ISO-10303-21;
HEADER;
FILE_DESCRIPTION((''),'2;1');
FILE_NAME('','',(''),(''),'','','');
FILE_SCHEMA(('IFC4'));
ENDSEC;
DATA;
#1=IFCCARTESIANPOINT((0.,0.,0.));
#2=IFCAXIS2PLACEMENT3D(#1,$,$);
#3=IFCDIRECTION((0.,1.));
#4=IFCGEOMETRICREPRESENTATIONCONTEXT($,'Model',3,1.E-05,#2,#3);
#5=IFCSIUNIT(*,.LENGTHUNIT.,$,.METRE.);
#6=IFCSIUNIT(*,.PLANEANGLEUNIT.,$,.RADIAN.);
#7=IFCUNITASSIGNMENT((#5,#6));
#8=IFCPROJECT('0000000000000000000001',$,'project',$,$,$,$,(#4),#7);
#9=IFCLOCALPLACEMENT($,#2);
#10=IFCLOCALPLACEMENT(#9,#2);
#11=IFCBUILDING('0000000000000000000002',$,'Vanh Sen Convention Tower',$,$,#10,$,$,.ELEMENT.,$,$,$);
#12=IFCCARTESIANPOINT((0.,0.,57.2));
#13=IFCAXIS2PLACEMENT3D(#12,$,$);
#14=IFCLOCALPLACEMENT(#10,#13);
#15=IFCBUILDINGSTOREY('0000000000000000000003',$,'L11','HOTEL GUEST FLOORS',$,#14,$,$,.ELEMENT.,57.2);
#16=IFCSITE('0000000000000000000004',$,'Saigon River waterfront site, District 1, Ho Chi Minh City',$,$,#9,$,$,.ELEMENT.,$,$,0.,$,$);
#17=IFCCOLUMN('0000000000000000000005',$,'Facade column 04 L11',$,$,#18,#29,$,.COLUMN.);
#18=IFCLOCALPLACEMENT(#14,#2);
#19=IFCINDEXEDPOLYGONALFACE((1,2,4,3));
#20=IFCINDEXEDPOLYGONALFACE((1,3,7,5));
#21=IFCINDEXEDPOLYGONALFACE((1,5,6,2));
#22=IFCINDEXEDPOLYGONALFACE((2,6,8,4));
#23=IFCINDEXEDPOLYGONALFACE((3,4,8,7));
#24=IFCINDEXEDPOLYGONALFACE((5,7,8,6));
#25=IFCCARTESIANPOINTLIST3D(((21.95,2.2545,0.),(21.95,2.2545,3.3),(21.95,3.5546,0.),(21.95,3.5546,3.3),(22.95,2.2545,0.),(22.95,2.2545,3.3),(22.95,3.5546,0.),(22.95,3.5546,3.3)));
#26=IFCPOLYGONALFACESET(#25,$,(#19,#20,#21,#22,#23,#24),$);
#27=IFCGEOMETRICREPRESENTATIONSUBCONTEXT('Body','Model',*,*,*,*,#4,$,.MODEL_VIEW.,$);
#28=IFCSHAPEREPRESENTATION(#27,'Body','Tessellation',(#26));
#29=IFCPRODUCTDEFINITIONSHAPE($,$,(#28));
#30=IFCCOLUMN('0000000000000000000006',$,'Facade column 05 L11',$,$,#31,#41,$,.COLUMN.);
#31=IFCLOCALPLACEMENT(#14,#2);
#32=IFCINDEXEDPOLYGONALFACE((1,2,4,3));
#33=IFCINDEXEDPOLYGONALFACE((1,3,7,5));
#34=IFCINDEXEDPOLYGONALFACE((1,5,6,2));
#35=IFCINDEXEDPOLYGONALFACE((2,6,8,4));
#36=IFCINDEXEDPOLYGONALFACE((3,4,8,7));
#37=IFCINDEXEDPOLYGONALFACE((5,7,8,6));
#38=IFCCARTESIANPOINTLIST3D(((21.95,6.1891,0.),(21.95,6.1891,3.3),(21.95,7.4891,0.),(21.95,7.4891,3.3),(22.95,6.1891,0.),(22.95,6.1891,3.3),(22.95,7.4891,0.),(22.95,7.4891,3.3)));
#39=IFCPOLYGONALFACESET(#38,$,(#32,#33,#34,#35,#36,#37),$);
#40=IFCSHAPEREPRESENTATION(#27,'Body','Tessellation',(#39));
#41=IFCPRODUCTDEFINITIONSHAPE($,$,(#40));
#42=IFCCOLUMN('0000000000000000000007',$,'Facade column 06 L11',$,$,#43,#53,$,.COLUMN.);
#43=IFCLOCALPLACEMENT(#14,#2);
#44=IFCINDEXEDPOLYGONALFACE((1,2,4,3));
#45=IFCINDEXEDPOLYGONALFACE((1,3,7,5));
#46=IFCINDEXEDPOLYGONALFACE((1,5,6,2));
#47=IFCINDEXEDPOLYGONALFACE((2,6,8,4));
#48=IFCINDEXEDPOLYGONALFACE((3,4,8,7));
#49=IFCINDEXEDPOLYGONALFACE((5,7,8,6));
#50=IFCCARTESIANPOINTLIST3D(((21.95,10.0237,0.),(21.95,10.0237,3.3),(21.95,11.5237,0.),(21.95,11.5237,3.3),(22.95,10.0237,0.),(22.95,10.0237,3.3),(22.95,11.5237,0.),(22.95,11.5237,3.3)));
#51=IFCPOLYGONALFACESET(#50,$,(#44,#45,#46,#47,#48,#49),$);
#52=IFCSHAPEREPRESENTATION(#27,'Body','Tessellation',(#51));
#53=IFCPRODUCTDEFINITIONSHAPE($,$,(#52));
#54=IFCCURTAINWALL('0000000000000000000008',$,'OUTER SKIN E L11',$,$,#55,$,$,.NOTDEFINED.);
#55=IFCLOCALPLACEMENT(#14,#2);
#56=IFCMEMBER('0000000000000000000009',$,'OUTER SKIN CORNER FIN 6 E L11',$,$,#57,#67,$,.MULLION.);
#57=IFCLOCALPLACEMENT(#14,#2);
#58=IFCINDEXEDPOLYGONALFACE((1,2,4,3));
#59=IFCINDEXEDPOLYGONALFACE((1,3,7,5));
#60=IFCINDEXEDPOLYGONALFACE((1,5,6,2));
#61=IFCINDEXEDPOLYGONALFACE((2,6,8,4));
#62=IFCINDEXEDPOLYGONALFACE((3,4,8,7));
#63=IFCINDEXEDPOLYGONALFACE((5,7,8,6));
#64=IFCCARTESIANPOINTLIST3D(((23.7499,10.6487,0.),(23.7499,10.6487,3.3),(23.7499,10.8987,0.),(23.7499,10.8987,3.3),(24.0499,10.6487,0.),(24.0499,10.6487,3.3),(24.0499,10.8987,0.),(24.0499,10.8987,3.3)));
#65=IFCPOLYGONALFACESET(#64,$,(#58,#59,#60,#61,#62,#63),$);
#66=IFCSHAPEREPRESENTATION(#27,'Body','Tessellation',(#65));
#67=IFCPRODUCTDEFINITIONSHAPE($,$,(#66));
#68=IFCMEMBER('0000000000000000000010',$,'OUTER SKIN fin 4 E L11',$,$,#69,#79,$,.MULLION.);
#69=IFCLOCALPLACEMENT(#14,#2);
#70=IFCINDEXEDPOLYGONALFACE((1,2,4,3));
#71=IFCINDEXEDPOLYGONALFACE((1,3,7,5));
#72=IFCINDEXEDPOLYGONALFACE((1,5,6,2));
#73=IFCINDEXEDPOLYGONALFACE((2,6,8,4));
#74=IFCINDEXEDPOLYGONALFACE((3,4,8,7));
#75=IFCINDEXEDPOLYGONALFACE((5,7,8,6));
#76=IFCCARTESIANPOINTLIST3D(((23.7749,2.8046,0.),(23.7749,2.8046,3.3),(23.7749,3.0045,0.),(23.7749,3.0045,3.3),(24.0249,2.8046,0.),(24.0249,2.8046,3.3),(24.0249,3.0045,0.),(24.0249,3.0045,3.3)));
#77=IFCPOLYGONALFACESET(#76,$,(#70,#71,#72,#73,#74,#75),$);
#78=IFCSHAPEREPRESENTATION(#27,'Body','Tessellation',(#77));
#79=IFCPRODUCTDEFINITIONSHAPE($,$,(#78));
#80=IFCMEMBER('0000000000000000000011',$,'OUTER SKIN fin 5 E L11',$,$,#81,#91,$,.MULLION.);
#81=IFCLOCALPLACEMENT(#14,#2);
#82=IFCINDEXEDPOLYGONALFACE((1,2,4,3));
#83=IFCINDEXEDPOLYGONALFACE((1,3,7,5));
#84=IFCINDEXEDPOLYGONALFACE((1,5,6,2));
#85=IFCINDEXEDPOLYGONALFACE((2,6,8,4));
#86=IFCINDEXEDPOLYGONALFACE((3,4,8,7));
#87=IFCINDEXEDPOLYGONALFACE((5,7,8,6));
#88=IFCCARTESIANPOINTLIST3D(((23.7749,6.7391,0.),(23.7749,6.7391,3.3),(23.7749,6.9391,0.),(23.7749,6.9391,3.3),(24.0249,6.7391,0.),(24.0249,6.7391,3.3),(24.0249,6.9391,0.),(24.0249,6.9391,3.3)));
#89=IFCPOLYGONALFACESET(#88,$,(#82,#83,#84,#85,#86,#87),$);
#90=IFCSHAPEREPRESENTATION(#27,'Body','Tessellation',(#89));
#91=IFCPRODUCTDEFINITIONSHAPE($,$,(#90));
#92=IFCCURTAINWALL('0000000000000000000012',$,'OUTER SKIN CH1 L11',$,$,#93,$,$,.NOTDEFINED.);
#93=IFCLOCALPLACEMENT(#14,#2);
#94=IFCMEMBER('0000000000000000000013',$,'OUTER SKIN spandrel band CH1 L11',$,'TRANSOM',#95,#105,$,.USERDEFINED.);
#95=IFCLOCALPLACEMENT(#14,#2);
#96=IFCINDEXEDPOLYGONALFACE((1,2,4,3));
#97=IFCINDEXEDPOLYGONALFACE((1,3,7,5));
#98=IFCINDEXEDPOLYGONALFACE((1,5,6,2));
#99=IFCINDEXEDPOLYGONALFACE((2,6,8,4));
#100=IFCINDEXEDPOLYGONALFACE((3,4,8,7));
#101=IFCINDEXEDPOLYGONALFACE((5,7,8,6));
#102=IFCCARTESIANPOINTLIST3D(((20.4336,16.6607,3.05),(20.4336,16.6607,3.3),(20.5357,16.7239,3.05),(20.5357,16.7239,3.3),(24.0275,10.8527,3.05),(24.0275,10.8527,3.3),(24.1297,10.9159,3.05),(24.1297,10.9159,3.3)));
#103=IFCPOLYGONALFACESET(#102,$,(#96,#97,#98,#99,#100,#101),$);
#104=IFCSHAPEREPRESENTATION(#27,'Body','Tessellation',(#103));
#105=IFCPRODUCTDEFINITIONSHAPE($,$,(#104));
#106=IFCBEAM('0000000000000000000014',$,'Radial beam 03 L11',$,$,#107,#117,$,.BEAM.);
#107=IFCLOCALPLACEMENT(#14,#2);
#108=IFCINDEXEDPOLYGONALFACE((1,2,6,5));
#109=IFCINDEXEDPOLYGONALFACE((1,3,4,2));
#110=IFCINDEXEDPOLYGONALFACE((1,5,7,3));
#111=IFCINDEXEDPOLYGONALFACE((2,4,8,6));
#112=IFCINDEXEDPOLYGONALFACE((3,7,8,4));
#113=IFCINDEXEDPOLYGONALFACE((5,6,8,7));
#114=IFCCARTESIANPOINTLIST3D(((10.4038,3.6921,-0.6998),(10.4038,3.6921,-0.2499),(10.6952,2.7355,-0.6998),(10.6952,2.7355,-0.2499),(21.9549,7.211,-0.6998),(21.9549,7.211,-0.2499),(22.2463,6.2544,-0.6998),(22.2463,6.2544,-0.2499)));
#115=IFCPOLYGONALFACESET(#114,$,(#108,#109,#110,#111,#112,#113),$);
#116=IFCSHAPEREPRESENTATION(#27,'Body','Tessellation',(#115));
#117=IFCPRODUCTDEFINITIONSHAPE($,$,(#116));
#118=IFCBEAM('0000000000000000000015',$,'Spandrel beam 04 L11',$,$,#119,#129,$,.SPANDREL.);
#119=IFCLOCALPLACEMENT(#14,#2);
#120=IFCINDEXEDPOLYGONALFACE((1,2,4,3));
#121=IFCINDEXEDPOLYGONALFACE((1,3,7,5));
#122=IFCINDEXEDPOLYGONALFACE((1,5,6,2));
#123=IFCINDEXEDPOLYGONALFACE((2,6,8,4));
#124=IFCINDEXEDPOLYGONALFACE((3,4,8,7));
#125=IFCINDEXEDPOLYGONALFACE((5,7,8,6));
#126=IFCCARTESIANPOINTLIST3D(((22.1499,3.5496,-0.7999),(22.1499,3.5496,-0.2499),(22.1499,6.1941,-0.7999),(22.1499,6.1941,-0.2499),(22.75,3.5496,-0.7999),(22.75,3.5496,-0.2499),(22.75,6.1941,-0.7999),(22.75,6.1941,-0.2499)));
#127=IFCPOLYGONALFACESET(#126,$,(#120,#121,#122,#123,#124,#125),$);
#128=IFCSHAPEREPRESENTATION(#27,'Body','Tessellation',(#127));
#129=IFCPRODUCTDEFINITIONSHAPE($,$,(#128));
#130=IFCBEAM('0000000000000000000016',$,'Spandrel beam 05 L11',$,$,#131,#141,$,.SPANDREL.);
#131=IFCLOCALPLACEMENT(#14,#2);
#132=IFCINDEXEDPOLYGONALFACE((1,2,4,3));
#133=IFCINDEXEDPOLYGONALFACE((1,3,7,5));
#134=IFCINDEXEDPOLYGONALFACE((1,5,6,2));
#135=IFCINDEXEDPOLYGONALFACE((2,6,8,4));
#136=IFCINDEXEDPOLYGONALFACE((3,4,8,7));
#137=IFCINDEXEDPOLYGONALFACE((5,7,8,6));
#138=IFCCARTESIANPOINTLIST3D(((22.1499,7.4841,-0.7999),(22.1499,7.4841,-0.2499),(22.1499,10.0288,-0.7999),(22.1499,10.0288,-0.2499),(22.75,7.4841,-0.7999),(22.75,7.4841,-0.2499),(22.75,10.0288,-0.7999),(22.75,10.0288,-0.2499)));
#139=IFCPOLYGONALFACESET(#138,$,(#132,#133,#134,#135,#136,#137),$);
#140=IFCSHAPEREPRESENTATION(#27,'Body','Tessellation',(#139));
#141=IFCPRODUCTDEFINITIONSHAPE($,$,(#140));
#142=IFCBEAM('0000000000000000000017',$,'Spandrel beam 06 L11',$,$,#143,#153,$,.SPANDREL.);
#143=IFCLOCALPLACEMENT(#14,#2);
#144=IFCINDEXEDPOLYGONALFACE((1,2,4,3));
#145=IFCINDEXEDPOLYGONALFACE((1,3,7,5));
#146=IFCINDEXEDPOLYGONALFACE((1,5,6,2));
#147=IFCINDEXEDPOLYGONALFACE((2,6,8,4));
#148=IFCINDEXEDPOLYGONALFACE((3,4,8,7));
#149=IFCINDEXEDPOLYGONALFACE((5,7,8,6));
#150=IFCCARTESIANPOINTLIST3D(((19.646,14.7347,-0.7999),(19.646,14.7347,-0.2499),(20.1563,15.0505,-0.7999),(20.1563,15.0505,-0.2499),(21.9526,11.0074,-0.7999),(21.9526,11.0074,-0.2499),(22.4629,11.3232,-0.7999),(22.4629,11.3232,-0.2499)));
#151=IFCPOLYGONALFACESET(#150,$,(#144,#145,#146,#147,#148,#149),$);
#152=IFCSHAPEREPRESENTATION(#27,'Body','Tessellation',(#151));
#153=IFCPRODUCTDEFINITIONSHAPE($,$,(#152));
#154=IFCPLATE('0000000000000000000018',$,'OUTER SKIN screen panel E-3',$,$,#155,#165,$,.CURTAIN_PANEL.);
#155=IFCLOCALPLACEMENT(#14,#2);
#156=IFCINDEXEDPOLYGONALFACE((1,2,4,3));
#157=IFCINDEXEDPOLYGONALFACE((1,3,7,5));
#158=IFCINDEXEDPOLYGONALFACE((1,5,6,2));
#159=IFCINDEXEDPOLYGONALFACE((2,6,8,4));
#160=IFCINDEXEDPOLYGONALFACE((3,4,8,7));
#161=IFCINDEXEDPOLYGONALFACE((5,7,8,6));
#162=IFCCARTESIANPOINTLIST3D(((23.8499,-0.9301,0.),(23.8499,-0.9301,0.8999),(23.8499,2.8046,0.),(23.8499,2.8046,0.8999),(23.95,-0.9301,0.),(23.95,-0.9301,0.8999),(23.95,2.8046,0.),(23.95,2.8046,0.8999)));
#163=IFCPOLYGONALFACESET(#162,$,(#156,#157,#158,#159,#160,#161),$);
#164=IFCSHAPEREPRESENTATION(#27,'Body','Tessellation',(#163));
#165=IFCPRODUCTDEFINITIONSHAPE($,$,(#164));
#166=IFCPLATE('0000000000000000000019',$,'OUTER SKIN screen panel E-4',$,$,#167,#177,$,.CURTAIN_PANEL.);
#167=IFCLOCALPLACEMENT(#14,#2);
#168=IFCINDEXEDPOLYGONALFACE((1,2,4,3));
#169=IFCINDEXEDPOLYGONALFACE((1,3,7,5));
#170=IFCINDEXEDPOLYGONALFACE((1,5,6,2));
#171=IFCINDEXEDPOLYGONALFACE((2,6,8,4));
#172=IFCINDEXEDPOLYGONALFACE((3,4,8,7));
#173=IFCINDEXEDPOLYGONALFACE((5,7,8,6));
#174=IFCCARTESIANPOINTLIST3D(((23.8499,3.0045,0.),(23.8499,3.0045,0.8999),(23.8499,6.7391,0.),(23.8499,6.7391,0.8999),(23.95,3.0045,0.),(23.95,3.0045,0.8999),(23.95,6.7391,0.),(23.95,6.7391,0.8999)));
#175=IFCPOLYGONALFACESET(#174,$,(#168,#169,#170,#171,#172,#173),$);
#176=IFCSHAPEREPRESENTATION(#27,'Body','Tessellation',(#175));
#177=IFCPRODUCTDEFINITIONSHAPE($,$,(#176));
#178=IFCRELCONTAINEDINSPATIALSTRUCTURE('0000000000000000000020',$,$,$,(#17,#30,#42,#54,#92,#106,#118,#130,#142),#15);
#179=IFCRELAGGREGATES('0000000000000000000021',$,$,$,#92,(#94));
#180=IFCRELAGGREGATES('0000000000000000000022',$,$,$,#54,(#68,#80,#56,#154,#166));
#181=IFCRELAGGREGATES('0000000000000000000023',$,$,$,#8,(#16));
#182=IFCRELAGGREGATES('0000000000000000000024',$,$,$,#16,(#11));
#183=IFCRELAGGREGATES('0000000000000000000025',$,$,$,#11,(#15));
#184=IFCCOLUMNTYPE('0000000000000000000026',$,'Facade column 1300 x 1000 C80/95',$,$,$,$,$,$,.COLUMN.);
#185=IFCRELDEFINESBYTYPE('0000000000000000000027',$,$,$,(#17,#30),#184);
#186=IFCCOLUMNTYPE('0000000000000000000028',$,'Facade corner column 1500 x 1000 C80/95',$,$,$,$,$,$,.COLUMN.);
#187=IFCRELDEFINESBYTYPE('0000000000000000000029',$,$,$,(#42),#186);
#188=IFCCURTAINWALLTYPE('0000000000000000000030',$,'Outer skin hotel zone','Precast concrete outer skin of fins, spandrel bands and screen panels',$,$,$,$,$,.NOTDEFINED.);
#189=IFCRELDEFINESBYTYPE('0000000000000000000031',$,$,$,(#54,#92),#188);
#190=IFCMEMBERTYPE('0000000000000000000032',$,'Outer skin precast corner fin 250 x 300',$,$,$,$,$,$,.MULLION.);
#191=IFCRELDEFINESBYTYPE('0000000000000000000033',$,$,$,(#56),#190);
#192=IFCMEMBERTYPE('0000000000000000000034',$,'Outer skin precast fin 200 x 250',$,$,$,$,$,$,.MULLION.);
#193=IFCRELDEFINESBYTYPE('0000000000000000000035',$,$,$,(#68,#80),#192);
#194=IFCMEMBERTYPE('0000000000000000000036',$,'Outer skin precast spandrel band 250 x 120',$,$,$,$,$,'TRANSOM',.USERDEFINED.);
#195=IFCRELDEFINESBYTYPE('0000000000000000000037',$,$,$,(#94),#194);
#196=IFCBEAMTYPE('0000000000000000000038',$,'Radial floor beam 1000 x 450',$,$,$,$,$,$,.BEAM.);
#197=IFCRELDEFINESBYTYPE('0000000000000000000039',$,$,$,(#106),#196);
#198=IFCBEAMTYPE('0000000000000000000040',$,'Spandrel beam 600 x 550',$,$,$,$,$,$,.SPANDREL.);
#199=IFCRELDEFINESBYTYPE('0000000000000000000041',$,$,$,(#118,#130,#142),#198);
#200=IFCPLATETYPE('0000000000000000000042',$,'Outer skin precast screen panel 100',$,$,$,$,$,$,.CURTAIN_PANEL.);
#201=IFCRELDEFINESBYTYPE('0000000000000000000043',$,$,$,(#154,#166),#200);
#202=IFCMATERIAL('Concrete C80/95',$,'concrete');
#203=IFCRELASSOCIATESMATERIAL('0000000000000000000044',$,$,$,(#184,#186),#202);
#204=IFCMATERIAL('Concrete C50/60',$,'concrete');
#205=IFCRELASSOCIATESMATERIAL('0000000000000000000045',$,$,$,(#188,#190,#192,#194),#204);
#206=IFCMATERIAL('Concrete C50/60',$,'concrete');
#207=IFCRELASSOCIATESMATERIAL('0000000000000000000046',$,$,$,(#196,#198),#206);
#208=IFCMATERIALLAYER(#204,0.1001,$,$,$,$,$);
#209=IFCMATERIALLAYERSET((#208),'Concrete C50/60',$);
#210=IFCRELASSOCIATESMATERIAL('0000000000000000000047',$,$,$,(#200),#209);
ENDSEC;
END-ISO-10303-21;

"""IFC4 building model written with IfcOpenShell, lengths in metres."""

from ifc_helpers import new_model, si_unit, direction, frame, origin, origin_2d, place, context, subcontext, project, spatial, rectangle, extrude, material, layer, layer_set, material_profile, profile_set, type_object, element, aggregate, save


model = new_model("IFC4")

# Units and contexts
model_context = context("Model", 3, precision=1e-05, world=origin(), true_north=direction((0.0, 1.0)))
body_context = subcontext(model_context, "Body", "Model", "MODEL_VIEW")
ifc_project = project(units=[si_unit("LENGTHUNIT", "METRE"), si_unit("PLANEANGLEUNIT", "RADIAN")], contexts=[model_context])

# Site, building, storey
site_placement = place(None, origin())
site = spatial("IfcSite", under=ifc_project, at=site_placement, Name="Saigon River waterfront site, District 1, Ho Chi Minh City", CompositionType="ELEMENT", RefElevation=0.0)
building_placement = place(site_placement, origin())
building = spatial("IfcBuilding", under=site, at=building_placement, Name="Vanh Sen Convention Tower", CompositionType="ELEMENT")
storey_placement = place(building_placement, frame((0.0, 0.0, 57.2)))
storey = spatial("IfcBuildingStorey", under=building, at=storey_placement, Name="L11", Description="HOTEL GUEST FLOORS", CompositionType="ELEMENT", Elevation=57.2)

# Columns
ifc_material_1 = material(Name="Concrete C80/95", Category="concrete")
ifc_material_profile_1 = material_profile(ifc_material_1, rectangle(XDim=1.3, YDim=1.0, at=origin_2d()), Name="RC 1300X1000")
ifc_profile_set_1 = profile_set([ifc_material_profile_1], Name="Concrete C80/95")
column_type_1 = type_object("IfcColumnType", Name="Facade column 1300 x 1000 C80/95", PredefinedType="COLUMN", material=ifc_profile_set_1)
for number, where, z_axis, x_axis, name in (
    (1, (22.45, 2.9045, 0.0), (0.0, 0.0, 1.0), (0.0, 1.0, 0.0), "Facade column 04 L11"),
    (2, (22.45, 6.8391, 0.0), (0.0, 0.0, 1.0), (0.0, 1.0, 0.0), "Facade column 05 L11"),
):
    element("IfcColumn", number, at=place(storey_placement, frame(where, z_axis=z_axis, x_axis=x_axis)), inside=storey, type_object=column_type_1, Name=name, PredefinedType="COLUMN", context=body_context, shape_type="SweptSolid", body=[
        extrude(rectangle(XDim=1.3, YDim=1.0, at=origin_2d()), origin(), (0.0, 0.0, 1.0), 3.3),
    ])
ifc_material_profile_2 = material_profile(ifc_material_1, rectangle(XDim=1.5, YDim=1.0, at=origin_2d()), Name="RC 1500X1000")
ifc_profile_set_2 = profile_set([ifc_material_profile_2], Name="Concrete C80/95")
column_type_2 = type_object("IfcColumnType", Name="Facade corner column 1500 x 1000 C80/95", PredefinedType="COLUMN", material=ifc_profile_set_2)
column_placement = place(storey_placement, frame((22.45, 10.7737, 0.0), z_axis=(0.0, 0.0, 1.0), x_axis=(0.0, 1.0, 0.0)))
element("IfcColumn", 3, at=column_placement, inside=storey, type_object=column_type_2, Name="Facade column 06 L11", PredefinedType="COLUMN", context=body_context, shape_type="SweptSolid", body=[
    extrude(rectangle(XDim=1.5, YDim=1.0, at=origin_2d()), origin(), (0.0, 0.0, 1.0), 3.3),
])

# Curtain wall, members
ifc_material_2 = material(Name="Concrete C50/60", Category="concrete")
curtain_wall_type = type_object("IfcCurtainWallType", Name="Outer skin hotel zone", Description="Precast concrete outer skin of fins, spandrel bands and screen panels", PredefinedType="NOTDEFINED", material=ifc_material_2)
curtain_wall_1_placement = place(storey_placement, origin())
curtain_wall_1 = element("IfcCurtainWall", 4, at=curtain_wall_1_placement, inside=storey, type_object=curtain_wall_type, Name="OUTER SKIN E L11", PredefinedType="NOTDEFINED")
ifc_material_profile_3 = material_profile(ifc_material_2, rectangle(XDim=0.25, YDim=0.3, at=origin_2d()), Name="Outer skin precast corner fin 250 x 300")
ifc_profile_set_3 = profile_set([ifc_material_profile_3], Name="Concrete C50/60")
member_type_1 = type_object("IfcMemberType", Name="Outer skin precast corner fin 250 x 300", PredefinedType="MULLION", material=ifc_profile_set_3)
member_1_placement = place(storey_placement, frame((23.8999, 10.7737, 0.0), z_axis=(0.0, 0.0, 1.0), x_axis=(0.0, 1.0, 0.0)))
member_1 = element("IfcMember", 5, at=member_1_placement, type_object=member_type_1, Name="OUTER SKIN CORNER FIN 6 E L11", PredefinedType="MULLION", context=body_context, shape_type="SweptSolid", body=[
    extrude(rectangle(XDim=0.25, YDim=0.3, at=origin_2d()), origin(), (0.0, 0.0, 1.0), 3.3),
])
ifc_material_profile_4 = material_profile(ifc_material_2, rectangle(XDim=0.2, YDim=0.25, at=origin_2d()), Name="Outer skin precast fin 200 x 250")
ifc_profile_set_4 = profile_set([ifc_material_profile_4], Name="Concrete C50/60")
member_type_2 = type_object("IfcMemberType", Name="Outer skin precast fin 200 x 250", PredefinedType="MULLION", material=ifc_profile_set_4)
member_2_placement = place(storey_placement, frame((23.8999, 2.9045, 0.0), z_axis=(0.0, 0.0, 1.0), x_axis=(0.0, 1.0, 0.0)))
member_2 = element("IfcMember", 6, at=member_2_placement, type_object=member_type_2, Name="OUTER SKIN fin 4 E L11", PredefinedType="MULLION", context=body_context, shape_type="SweptSolid", body=[
    extrude(rectangle(XDim=0.2, YDim=0.25, at=origin_2d()), origin(), (0.0, 0.0, 1.0), 3.3),
])
member_3_placement = place(storey_placement, frame((23.8999, 6.8391, 0.0), z_axis=(0.0, 0.0, 1.0), x_axis=(0.0, 1.0, 0.0)))
member_3 = element("IfcMember", 7, at=member_3_placement, type_object=member_type_2, Name="OUTER SKIN fin 5 E L11", PredefinedType="MULLION", context=body_context, shape_type="SweptSolid", body=[
    extrude(rectangle(XDim=0.2, YDim=0.25, at=origin_2d()), origin(), (0.0, 0.0, 1.0), 3.3),
])

# Curtain wall, member
curtain_wall_2_placement = place(storey_placement, origin())
curtain_wall_2 = element("IfcCurtainWall", 8, at=curtain_wall_2_placement, inside=storey, type_object=curtain_wall_type, Name="OUTER SKIN CH1 L11", PredefinedType="NOTDEFINED")
ifc_material_profile_5 = material_profile(ifc_material_2, rectangle(XDim=0.1201, YDim=0.25, at=origin_2d()), Name="Outer skin precast spandrel band 250 x 120")
ifc_profile_set_5 = profile_set([ifc_material_profile_5], Name="Concrete C50/60")
member_type_3 = type_object("IfcMemberType", Name="Outer skin precast spandrel band 250 x 120", ElementType="TRANSOM", PredefinedType="USERDEFINED", material=ifc_profile_set_5)
member_4_placement = place(storey_placement, frame((24.0786, 10.8843, 3.175), z_axis=(-0.526196, 0.850363, 0.0), x_axis=(-0.850363, -0.526196, 0.0)))
member_4 = element("IfcMember", 9, at=member_4_placement, type_object=member_type_3, Name="OUTER SKIN spandrel band CH1 L11", ObjectType="TRANSOM", PredefinedType="USERDEFINED", context=body_context, shape_type="SweptSolid", body=[
    extrude(rectangle(XDim=0.1201, YDim=0.25, at=origin_2d()), origin(), (0.0, 0.0, 1.0), 6.8301),
])
aggregate(curtain_wall_2, [member_4])

# Beams
ifc_material_3 = material(Name="Concrete C50/60", Category="concrete")
ifc_material_profile_6 = material_profile(ifc_material_3, rectangle(XDim=1.0, YDim=0.45, at=origin_2d()), Name="RC 1000X450")
ifc_profile_set_6 = profile_set([ifc_material_profile_6], Name="Concrete C50/60")
beam_type_1 = type_object("IfcBeamType", Name="Radial floor beam 1000 x 450", PredefinedType="BEAM", material=ifc_profile_set_6)
beam_1_placement = place(storey_placement, frame((22.1006, 6.7327, -0.4749), z_axis=(-0.956598, -0.291409, 0.0), x_axis=(0.291409, -0.956598, 0.0)))
element("IfcBeam", 10, at=beam_1_placement, inside=storey, type_object=beam_type_1, Name="Radial beam 03 L11", PredefinedType="BEAM", context=body_context, shape_type="SweptSolid", body=[
    extrude(rectangle(XDim=1.0, YDim=0.45, at=origin_2d()), origin(), (0.0, 0.0, 1.0), 12.0752),
])
ifc_material_profile_7 = material_profile(ifc_material_3, rectangle(XDim=0.6001, YDim=0.55, at=origin_2d()), Name="RC 600X550")
ifc_profile_set_7 = profile_set([ifc_material_profile_7], Name="Concrete C50/60")
beam_type_2 = type_object("IfcBeamType", Name="Spandrel beam 600 x 550", PredefinedType="SPANDREL", material=ifc_profile_set_7)
beam_2_placement = place(storey_placement, frame((22.45, 3.5496, -0.5249), z_axis=(0.0, 1.0, 0.0), x_axis=(-1.0, 0.0, 0.0)))
element("IfcBeam", 11, at=beam_2_placement, inside=storey, type_object=beam_type_2, Name="Spandrel beam 04 L11", PredefinedType="SPANDREL", context=body_context, shape_type="SweptSolid", body=[
    extrude(rectangle(XDim=0.6001, YDim=0.55, at=origin_2d()), origin(), (0.0, 0.0, 1.0), 2.6445),
])
beam_3_placement = place(storey_placement, frame((22.45, 7.4841, -0.5249), z_axis=(0.0, 1.0, 0.0), x_axis=(-1.0, 0.0, 0.0)))
element("IfcBeam", 12, at=beam_3_placement, inside=storey, type_object=beam_type_2, Name="Spandrel beam 05 L11", PredefinedType="SPANDREL", context=body_context, shape_type="SweptSolid", body=[
    extrude(rectangle(XDim=0.6001, YDim=0.55, at=origin_2d()), origin(), (0.0, 0.0, 1.0), 2.5447),
])
beam_4_placement = place(storey_placement, frame((22.2078, 11.1653, -0.5249), z_axis=(-0.526234, 0.85034, 0.0), x_axis=(-0.85034, -0.526234, 0.0)))
element("IfcBeam", 13, at=beam_4_placement, inside=storey, type_object=beam_type_2, Name="Spandrel beam 06 L11", PredefinedType="SPANDREL", context=body_context, shape_type="SweptSolid", body=[
    extrude(rectangle(XDim=0.6001, YDim=0.55, at=origin_2d()), origin(), (0.0, 0.0, 1.0), 4.3833),
])

# Plates
ifc_layer_1 = layer(ifc_material_2, 0.1001)
ifc_layer_set_1 = layer_set([ifc_layer_1], Name="Concrete C50/60")
plate_type = type_object("IfcPlateType", Name="Outer skin precast screen panel 100", PredefinedType="CURTAIN_PANEL", material=ifc_layer_set_1)
plate_1_placement = place(storey_placement, frame((23.8999, 0.9373, 0.0), z_axis=(0.0, 0.0, 1.0), x_axis=(0.0, 1.0, 0.0)))
plate_1 = element("IfcPlate", 14, at=plate_1_placement, type_object=plate_type, Name="OUTER SKIN screen panel E-3", PredefinedType="CURTAIN_PANEL", context=body_context, shape_type="SweptSolid", body=[
    extrude(rectangle(XDim=3.7346, YDim=0.1001, at=origin_2d()), origin(), (0.0, 0.0, 1.0), 0.8999),
])
plate_2_placement = place(storey_placement, frame((23.8999, 4.8718, 0.0), z_axis=(0.0, 0.0, 1.0), x_axis=(0.0, 1.0, 0.0)))
plate_2 = element("IfcPlate", 15, at=plate_2_placement, type_object=plate_type, Name="OUTER SKIN screen panel E-4", PredefinedType="CURTAIN_PANEL", context=body_context, shape_type="SweptSolid", body=[
    extrude(rectangle(XDim=3.7346, YDim=0.1001, at=origin_2d()), origin(), (0.0, 0.0, 1.0), 0.8999),
])
aggregate(curtain_wall_1, [member_2, member_3, member_1, plate_1, plate_2])

save(model, "model.ifc")
